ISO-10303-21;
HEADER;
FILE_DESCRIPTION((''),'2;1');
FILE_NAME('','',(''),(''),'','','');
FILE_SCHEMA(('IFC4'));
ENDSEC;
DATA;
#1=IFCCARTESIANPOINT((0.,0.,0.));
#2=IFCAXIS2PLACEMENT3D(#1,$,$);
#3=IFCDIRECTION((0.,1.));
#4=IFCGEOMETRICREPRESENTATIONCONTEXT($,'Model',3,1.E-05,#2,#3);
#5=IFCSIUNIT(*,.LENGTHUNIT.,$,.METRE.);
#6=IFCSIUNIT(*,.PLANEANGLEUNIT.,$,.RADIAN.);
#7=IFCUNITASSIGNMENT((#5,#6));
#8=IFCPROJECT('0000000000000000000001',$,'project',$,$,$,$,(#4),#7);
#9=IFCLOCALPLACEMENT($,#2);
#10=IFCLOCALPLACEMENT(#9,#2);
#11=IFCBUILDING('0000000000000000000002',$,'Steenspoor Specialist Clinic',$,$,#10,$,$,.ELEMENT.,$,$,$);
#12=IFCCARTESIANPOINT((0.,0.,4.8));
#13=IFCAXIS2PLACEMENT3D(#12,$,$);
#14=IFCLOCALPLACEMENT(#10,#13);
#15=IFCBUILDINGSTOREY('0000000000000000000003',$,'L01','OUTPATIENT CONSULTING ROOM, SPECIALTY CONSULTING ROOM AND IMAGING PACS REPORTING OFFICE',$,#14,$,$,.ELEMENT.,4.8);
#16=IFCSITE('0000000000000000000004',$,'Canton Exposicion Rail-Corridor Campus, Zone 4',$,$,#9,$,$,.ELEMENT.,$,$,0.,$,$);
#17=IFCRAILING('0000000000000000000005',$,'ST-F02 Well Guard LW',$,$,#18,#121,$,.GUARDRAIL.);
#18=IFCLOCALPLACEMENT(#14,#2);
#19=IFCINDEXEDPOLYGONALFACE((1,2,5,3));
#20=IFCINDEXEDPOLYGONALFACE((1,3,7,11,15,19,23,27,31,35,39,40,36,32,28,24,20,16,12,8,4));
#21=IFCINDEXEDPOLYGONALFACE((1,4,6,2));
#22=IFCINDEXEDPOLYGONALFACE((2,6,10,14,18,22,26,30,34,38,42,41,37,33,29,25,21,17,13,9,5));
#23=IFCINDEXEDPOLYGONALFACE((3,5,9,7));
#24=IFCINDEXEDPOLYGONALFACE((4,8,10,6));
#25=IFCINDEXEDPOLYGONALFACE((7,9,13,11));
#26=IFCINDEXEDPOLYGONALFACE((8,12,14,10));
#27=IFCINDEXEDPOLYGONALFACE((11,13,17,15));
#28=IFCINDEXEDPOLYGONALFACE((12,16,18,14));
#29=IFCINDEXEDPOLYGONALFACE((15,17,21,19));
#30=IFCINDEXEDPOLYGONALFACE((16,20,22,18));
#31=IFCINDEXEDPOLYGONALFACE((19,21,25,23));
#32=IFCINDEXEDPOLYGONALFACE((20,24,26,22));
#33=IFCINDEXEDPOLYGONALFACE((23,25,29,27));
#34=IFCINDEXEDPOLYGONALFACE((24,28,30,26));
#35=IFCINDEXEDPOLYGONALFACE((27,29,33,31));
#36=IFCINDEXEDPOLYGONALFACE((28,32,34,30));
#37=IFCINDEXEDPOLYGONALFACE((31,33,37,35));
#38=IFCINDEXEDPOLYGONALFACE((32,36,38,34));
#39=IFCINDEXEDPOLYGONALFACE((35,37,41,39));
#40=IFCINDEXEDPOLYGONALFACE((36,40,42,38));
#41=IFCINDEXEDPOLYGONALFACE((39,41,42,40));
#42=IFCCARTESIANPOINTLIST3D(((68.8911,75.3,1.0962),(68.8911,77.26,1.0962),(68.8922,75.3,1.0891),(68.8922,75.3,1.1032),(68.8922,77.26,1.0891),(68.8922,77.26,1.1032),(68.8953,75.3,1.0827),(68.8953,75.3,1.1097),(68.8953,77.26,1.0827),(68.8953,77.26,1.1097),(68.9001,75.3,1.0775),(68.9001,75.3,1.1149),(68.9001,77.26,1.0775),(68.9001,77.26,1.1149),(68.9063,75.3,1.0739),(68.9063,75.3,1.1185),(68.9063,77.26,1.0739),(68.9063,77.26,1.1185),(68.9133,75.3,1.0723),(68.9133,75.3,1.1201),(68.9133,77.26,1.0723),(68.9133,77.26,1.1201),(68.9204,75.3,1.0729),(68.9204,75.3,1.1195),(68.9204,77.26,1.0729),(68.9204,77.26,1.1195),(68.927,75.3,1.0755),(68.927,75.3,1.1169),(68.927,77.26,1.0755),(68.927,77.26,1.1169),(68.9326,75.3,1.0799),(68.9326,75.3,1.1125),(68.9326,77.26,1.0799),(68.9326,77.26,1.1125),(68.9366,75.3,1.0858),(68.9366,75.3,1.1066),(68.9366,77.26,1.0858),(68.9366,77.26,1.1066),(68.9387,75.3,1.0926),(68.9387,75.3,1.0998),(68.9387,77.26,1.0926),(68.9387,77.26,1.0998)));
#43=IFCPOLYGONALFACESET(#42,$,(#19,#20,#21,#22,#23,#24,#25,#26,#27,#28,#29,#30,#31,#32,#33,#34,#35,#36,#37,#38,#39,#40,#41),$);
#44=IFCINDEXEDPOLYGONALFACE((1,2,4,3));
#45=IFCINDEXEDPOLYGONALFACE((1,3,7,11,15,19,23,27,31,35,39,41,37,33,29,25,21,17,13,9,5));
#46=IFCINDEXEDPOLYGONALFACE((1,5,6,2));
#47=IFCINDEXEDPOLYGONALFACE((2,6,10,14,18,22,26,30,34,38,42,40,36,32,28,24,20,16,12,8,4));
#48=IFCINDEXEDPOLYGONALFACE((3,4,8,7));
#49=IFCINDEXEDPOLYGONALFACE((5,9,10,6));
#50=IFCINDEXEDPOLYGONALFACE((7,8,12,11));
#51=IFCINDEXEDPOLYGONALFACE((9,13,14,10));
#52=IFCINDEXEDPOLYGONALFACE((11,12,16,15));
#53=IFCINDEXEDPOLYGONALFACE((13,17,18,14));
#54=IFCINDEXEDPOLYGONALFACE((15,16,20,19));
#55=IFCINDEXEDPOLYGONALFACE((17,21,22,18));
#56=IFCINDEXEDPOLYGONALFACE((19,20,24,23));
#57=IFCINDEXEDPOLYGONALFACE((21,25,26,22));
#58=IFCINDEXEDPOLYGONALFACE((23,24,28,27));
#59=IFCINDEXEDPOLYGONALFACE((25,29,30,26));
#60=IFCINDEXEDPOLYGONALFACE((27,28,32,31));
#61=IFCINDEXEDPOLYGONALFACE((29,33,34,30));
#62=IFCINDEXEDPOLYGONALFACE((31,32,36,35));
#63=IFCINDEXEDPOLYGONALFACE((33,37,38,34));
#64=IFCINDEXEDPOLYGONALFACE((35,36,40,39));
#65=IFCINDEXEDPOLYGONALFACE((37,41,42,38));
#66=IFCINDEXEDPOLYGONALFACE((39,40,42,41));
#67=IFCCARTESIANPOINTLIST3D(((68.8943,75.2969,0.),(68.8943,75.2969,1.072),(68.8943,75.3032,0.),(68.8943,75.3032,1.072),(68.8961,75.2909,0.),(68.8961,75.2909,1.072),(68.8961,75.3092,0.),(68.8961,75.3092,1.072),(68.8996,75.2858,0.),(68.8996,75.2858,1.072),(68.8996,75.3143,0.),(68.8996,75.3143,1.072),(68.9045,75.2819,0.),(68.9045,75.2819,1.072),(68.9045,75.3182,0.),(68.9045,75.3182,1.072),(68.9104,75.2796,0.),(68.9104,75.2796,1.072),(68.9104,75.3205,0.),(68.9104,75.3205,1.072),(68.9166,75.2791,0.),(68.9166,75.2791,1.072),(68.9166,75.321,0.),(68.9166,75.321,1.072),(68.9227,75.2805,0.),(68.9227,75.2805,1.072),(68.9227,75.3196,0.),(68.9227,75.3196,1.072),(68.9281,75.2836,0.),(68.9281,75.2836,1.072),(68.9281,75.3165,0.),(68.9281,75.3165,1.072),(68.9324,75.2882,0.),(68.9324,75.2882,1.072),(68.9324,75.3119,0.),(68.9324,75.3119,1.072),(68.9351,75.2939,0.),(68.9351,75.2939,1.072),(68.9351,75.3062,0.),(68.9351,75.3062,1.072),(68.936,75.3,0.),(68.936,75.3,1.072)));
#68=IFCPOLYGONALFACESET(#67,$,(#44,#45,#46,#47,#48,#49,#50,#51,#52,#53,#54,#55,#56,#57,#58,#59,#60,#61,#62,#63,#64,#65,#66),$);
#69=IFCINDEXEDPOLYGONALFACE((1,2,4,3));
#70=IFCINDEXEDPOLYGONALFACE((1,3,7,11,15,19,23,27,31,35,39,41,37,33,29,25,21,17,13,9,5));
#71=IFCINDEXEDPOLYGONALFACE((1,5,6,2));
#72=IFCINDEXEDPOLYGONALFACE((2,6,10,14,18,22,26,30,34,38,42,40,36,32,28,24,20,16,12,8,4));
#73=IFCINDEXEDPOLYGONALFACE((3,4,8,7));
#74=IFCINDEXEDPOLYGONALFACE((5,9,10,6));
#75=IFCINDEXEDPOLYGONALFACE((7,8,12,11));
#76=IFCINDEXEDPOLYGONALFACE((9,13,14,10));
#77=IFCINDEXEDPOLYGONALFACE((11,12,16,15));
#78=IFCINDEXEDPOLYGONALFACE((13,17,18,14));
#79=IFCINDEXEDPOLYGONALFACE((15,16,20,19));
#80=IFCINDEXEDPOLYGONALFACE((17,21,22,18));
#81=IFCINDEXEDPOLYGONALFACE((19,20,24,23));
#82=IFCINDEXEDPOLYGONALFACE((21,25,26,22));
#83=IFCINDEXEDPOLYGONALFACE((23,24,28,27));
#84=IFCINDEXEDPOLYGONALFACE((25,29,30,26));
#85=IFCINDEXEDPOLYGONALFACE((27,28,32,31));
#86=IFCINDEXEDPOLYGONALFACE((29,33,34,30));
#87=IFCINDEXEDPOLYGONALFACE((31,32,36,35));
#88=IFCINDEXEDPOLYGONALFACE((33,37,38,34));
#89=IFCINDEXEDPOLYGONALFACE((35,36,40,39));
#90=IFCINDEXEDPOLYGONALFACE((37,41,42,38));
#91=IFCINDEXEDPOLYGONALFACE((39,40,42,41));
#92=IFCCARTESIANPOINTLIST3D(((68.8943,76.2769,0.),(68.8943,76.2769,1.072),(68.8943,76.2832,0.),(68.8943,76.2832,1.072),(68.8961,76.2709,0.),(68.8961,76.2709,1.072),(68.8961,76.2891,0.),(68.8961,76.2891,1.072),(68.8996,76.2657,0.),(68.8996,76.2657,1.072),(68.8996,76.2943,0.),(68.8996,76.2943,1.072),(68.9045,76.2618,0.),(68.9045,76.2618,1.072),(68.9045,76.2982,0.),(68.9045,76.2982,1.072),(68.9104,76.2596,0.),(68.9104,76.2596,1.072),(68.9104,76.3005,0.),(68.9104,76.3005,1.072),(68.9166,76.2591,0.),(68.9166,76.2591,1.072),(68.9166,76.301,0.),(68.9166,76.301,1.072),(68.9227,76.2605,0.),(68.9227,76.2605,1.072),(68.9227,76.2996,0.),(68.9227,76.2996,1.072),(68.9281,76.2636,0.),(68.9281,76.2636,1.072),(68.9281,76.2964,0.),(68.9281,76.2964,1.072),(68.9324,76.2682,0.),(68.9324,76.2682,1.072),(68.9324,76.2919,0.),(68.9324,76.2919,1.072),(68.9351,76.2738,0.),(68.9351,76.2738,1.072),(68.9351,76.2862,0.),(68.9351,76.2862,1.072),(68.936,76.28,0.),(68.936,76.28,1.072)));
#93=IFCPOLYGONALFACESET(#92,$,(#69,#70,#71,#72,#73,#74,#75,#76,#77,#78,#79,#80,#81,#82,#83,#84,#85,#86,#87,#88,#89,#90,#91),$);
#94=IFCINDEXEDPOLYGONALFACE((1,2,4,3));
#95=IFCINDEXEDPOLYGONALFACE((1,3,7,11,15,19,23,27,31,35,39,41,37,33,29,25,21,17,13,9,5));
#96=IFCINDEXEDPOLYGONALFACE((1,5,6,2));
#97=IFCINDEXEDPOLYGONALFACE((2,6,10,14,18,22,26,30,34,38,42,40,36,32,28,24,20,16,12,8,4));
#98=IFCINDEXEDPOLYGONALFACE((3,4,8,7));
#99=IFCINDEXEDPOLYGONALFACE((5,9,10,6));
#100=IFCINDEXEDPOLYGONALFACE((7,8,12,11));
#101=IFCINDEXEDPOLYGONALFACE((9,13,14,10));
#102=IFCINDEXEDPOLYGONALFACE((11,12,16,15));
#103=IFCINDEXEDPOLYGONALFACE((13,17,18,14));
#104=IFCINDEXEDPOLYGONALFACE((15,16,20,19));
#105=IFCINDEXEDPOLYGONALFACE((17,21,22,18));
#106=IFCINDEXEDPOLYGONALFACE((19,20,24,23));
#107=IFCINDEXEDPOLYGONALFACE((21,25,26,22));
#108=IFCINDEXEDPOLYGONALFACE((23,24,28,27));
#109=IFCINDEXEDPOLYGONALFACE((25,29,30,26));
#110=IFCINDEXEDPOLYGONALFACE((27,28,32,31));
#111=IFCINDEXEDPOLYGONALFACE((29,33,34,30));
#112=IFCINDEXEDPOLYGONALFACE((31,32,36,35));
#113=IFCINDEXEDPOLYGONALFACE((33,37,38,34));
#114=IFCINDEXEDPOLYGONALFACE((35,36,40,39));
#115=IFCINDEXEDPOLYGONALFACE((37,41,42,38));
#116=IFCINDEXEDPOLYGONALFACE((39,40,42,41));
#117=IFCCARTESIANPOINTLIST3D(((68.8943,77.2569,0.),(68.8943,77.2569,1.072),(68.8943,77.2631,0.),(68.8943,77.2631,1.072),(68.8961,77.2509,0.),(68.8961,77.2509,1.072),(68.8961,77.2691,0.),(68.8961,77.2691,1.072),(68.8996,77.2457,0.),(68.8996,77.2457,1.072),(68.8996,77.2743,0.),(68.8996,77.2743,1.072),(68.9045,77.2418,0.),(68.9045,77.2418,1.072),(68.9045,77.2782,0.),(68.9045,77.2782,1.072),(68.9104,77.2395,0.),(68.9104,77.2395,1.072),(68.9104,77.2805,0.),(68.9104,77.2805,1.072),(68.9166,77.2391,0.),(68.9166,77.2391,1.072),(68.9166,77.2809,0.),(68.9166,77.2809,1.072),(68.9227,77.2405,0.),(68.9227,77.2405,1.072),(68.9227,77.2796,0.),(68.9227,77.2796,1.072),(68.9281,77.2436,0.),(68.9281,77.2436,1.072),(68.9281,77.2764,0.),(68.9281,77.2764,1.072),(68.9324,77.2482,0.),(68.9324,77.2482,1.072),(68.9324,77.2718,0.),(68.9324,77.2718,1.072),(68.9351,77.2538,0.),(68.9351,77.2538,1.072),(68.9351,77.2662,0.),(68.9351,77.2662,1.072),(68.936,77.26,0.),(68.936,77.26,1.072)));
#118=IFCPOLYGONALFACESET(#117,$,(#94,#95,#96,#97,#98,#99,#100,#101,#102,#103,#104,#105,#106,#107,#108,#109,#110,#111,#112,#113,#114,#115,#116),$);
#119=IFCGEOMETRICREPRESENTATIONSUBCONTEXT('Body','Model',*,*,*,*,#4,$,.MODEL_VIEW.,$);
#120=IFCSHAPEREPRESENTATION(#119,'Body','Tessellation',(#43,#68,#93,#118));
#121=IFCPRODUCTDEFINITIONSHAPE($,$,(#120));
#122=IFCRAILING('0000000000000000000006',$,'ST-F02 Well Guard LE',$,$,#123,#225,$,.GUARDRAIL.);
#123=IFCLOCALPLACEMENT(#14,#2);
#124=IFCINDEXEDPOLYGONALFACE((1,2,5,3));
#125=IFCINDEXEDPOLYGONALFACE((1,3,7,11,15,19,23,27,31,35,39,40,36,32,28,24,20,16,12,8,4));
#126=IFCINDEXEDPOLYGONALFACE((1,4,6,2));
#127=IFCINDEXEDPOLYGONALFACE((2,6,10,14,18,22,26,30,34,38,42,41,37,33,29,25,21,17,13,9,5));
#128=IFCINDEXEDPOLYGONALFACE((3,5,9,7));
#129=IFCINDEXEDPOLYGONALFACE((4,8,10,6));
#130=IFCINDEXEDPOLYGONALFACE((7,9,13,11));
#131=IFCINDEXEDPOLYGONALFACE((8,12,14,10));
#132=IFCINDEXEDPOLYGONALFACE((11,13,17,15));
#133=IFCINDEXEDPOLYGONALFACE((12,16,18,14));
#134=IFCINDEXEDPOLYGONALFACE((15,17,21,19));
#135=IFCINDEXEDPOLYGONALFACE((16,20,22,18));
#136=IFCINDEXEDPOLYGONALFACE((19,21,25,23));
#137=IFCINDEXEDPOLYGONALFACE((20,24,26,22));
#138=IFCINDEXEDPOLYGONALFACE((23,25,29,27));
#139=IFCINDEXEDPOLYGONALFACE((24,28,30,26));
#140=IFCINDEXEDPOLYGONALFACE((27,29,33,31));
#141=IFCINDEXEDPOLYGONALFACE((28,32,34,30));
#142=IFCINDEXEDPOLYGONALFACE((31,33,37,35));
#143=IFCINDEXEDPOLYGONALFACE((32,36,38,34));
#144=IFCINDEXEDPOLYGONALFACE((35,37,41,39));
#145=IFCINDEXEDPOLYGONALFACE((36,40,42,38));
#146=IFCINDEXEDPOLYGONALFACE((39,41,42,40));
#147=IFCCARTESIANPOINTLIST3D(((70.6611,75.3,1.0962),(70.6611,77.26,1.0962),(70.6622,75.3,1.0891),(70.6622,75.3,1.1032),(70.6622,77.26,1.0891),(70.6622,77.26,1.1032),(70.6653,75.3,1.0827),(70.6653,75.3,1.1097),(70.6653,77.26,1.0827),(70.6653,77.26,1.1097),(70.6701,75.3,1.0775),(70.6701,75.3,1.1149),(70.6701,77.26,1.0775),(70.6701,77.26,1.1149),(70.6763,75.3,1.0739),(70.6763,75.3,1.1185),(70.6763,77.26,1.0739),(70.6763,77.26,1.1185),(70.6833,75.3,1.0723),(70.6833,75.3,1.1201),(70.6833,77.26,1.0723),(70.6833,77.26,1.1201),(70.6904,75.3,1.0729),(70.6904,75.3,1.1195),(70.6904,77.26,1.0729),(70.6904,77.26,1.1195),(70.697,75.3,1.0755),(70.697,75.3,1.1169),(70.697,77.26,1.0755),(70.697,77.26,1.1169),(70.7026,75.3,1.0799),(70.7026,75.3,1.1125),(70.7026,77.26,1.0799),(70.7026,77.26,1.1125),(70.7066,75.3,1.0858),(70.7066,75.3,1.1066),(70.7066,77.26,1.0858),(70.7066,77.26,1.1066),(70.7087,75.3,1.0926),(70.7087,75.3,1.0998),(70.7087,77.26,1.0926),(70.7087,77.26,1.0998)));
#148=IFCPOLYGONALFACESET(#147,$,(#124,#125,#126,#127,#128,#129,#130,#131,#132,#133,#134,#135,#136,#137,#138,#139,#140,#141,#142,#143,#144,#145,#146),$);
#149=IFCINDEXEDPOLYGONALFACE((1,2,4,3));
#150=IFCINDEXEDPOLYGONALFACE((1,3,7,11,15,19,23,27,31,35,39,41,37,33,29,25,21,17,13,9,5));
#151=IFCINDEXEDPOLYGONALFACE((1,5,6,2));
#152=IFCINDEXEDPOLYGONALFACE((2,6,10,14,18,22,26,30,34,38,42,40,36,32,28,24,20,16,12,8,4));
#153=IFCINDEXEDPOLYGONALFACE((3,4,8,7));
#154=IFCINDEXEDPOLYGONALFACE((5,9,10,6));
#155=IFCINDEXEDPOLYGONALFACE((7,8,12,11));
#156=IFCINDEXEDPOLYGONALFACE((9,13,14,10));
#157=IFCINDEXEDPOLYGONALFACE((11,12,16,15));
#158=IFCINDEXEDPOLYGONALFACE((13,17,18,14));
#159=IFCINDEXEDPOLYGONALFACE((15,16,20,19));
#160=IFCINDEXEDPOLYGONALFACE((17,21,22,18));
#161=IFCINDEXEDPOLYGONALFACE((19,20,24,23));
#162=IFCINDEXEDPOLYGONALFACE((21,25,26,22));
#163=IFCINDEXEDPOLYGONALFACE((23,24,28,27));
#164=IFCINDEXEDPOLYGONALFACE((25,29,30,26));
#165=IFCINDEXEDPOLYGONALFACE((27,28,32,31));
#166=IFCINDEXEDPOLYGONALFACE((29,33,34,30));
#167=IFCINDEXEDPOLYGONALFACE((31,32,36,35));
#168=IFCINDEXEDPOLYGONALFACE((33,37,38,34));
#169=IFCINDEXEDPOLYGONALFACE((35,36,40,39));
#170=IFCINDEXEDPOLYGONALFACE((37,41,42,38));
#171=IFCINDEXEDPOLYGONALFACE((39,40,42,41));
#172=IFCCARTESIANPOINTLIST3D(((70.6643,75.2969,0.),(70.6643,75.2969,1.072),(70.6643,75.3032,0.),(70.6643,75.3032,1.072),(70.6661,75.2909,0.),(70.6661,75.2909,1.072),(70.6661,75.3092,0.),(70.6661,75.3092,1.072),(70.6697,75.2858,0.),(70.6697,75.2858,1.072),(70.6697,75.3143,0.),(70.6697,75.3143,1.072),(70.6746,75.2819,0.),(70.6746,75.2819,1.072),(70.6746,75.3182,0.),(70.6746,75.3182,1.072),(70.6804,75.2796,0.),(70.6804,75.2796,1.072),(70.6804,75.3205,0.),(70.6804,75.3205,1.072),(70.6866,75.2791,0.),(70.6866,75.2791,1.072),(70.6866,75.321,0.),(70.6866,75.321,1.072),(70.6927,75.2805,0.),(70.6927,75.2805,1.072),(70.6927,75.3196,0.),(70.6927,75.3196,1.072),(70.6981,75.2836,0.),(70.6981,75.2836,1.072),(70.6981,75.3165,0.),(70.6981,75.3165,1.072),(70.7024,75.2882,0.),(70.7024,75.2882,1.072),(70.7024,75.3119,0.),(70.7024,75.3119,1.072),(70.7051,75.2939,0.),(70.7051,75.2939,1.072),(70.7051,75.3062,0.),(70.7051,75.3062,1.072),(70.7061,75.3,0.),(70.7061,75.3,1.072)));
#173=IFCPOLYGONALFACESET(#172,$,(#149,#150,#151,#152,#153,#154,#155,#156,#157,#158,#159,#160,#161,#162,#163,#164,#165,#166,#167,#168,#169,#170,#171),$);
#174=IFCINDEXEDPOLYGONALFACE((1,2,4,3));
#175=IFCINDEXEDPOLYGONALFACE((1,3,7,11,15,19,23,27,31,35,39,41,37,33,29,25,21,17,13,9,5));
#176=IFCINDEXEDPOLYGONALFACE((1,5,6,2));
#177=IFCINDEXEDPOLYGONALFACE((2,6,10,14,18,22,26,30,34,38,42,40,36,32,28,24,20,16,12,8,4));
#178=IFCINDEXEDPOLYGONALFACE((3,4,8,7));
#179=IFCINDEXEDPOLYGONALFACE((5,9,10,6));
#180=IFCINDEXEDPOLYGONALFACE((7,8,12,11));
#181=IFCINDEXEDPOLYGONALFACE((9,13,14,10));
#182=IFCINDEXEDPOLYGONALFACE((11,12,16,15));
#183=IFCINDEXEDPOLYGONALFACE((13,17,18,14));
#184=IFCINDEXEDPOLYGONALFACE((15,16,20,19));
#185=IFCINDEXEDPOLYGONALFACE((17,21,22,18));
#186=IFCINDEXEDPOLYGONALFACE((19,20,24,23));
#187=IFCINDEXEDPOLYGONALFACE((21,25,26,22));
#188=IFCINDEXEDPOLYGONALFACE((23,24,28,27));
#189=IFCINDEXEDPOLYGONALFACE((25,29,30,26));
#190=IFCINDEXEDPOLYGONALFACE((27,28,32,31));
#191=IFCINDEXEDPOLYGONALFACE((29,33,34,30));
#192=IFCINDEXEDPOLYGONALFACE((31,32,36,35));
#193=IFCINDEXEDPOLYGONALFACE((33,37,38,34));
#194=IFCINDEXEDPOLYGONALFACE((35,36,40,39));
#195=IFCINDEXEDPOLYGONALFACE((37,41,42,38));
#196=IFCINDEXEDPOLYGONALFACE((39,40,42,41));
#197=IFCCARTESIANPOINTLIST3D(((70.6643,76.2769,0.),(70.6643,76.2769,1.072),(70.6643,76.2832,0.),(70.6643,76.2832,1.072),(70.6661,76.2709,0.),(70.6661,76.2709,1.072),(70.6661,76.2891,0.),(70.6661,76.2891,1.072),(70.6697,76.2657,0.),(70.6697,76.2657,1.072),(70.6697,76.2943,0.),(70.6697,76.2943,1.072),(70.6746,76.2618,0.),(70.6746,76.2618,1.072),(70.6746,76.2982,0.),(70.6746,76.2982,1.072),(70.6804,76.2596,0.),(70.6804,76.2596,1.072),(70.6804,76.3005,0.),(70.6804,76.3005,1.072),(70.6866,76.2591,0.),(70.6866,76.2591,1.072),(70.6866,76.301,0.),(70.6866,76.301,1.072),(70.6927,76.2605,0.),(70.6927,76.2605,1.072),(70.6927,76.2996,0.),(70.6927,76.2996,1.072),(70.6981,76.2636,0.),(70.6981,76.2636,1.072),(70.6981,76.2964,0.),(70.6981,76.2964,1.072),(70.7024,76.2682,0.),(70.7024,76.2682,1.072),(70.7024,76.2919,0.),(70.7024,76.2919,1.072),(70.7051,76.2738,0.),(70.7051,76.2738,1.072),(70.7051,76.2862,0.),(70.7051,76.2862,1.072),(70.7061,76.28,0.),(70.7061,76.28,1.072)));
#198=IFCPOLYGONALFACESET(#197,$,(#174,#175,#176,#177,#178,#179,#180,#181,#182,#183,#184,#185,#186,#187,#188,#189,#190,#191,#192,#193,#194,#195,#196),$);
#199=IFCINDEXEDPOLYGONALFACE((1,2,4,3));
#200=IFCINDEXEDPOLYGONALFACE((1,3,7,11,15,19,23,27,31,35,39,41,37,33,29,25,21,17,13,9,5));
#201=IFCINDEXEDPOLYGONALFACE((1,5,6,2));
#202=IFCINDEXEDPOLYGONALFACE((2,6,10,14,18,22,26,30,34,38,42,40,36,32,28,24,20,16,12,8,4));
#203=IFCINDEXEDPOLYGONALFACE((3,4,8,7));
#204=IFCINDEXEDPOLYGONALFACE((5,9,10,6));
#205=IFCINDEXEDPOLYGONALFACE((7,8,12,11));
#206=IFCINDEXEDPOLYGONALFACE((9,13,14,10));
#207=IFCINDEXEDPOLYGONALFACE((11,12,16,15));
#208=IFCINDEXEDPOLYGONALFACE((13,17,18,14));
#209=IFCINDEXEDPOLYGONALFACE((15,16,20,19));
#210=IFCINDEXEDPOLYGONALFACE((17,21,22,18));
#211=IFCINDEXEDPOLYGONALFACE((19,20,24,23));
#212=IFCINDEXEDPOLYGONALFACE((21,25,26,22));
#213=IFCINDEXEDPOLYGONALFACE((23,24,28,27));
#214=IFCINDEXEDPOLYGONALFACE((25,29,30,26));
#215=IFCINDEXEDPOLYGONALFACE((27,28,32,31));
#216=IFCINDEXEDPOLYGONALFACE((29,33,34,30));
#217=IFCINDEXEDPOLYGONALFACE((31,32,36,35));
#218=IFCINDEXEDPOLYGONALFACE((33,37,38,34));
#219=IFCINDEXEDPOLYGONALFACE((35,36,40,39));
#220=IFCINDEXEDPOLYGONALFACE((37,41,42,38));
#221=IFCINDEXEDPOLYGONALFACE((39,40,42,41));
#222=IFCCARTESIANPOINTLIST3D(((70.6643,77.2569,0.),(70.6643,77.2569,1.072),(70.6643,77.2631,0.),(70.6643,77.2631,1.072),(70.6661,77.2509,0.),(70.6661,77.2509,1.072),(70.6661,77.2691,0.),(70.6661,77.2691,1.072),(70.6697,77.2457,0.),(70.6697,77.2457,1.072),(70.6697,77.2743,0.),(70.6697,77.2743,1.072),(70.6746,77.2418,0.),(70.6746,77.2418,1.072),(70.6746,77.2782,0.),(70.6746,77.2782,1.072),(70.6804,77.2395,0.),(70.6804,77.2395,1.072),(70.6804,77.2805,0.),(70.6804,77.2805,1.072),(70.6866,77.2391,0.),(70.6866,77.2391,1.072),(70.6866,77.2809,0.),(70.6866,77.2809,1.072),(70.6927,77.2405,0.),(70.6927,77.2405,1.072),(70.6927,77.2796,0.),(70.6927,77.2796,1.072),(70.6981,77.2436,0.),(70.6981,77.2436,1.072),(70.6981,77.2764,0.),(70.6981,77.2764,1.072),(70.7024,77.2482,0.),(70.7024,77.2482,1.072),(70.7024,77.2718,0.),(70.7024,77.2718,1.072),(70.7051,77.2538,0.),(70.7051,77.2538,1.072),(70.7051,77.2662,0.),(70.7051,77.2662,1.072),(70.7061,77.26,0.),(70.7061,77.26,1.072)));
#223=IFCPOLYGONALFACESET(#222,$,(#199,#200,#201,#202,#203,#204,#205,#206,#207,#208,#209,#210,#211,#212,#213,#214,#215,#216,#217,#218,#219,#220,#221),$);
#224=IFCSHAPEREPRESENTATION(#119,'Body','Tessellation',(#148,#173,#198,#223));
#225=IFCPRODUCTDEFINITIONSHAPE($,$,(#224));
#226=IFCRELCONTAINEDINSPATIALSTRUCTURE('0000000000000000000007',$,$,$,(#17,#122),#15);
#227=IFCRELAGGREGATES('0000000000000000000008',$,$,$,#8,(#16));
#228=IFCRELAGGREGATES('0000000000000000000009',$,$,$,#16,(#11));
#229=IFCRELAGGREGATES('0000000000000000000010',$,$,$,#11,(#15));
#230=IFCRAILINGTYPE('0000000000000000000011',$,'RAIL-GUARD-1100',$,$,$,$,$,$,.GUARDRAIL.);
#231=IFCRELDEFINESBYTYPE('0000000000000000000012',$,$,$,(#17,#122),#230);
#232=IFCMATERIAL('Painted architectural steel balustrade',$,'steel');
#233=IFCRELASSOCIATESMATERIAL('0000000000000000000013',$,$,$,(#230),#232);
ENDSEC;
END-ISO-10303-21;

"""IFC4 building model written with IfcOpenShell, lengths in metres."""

from ifc_helpers import new_model, si_unit, direction, frame, origin, origin_2d, place, context, subcontext, project, spatial, circle, extrude, material, type_object, element, save


model = new_model("IFC4")

# Units and contexts
model_context = context("Model", 3, precision=1e-05, world=origin(), true_north=direction((0.0, 1.0)))
body_context = subcontext(model_context, "Body", "Model", "MODEL_VIEW")
ifc_project = project(units=[si_unit("LENGTHUNIT", "METRE"), si_unit("PLANEANGLEUNIT", "RADIAN")], contexts=[model_context])

# Site, building, storey
site_placement = place(None, origin())
site = spatial("IfcSite", under=ifc_project, at=site_placement, Name="Canton Exposicion Rail-Corridor Campus, Zone 4", CompositionType="ELEMENT", RefElevation=0.0)
building_placement = place(site_placement, origin())
building = spatial("IfcBuilding", under=site, at=building_placement, Name="Steenspoor Specialist Clinic", CompositionType="ELEMENT")
storey_placement = place(building_placement, frame((0.0, 0.0, 4.8)))
storey = spatial("IfcBuildingStorey", under=building, at=storey_placement, Name="L01", Description="OUTPATIENT CONSULTING ROOM, SPECIALTY CONSULTING ROOM AND IMAGING PACS REPORTING OFFICE", CompositionType="ELEMENT", Elevation=4.8)

# Railings
ifc_material_1 = material(Name="Painted architectural steel balustrade", Category="steel")
railing_type = type_object("IfcRailingType", Name="RAIL-GUARD-1100", PredefinedType="GUARDRAIL", material=ifc_material_1)
for number, where, name in (
    (1, (68.915, 75.3, 0.0), "ST-F02 Well Guard LW"),
    (2, (70.6851, 75.3, 0.0), "ST-F02 Well Guard LE"),
):
    element("IfcRailing", number, at=place(storey_placement, frame(where)), inside=storey, type_object=railing_type, Name=name, PredefinedType="GUARDRAIL", context=body_context, shape_type="SweptSolid", body=[
        extrude(circle(Radius=0.0239, at=origin_2d()), frame((0.0, 0.0, 1.0962), z_axis=(0.0, 1.0, 0.0), x_axis=(-1.0, 0.0, 0.0)), (0.0, 0.0, 1.0), 1.96),
        extrude(circle(Radius=0.021, at=origin_2d()), origin(), (0.0, 0.0, 1.0), 1.072),
        extrude(circle(Radius=0.021, at=origin_2d()), frame((0.0, 0.98, 0.0)), (0.0, 0.0, 1.0), 1.072),
        extrude(circle(Radius=0.021, at=origin_2d()), frame((0.0, 1.96, 0.0)), (0.0, 0.0, 1.0), 1.072),
    ])

save(model, "model.ifc")
